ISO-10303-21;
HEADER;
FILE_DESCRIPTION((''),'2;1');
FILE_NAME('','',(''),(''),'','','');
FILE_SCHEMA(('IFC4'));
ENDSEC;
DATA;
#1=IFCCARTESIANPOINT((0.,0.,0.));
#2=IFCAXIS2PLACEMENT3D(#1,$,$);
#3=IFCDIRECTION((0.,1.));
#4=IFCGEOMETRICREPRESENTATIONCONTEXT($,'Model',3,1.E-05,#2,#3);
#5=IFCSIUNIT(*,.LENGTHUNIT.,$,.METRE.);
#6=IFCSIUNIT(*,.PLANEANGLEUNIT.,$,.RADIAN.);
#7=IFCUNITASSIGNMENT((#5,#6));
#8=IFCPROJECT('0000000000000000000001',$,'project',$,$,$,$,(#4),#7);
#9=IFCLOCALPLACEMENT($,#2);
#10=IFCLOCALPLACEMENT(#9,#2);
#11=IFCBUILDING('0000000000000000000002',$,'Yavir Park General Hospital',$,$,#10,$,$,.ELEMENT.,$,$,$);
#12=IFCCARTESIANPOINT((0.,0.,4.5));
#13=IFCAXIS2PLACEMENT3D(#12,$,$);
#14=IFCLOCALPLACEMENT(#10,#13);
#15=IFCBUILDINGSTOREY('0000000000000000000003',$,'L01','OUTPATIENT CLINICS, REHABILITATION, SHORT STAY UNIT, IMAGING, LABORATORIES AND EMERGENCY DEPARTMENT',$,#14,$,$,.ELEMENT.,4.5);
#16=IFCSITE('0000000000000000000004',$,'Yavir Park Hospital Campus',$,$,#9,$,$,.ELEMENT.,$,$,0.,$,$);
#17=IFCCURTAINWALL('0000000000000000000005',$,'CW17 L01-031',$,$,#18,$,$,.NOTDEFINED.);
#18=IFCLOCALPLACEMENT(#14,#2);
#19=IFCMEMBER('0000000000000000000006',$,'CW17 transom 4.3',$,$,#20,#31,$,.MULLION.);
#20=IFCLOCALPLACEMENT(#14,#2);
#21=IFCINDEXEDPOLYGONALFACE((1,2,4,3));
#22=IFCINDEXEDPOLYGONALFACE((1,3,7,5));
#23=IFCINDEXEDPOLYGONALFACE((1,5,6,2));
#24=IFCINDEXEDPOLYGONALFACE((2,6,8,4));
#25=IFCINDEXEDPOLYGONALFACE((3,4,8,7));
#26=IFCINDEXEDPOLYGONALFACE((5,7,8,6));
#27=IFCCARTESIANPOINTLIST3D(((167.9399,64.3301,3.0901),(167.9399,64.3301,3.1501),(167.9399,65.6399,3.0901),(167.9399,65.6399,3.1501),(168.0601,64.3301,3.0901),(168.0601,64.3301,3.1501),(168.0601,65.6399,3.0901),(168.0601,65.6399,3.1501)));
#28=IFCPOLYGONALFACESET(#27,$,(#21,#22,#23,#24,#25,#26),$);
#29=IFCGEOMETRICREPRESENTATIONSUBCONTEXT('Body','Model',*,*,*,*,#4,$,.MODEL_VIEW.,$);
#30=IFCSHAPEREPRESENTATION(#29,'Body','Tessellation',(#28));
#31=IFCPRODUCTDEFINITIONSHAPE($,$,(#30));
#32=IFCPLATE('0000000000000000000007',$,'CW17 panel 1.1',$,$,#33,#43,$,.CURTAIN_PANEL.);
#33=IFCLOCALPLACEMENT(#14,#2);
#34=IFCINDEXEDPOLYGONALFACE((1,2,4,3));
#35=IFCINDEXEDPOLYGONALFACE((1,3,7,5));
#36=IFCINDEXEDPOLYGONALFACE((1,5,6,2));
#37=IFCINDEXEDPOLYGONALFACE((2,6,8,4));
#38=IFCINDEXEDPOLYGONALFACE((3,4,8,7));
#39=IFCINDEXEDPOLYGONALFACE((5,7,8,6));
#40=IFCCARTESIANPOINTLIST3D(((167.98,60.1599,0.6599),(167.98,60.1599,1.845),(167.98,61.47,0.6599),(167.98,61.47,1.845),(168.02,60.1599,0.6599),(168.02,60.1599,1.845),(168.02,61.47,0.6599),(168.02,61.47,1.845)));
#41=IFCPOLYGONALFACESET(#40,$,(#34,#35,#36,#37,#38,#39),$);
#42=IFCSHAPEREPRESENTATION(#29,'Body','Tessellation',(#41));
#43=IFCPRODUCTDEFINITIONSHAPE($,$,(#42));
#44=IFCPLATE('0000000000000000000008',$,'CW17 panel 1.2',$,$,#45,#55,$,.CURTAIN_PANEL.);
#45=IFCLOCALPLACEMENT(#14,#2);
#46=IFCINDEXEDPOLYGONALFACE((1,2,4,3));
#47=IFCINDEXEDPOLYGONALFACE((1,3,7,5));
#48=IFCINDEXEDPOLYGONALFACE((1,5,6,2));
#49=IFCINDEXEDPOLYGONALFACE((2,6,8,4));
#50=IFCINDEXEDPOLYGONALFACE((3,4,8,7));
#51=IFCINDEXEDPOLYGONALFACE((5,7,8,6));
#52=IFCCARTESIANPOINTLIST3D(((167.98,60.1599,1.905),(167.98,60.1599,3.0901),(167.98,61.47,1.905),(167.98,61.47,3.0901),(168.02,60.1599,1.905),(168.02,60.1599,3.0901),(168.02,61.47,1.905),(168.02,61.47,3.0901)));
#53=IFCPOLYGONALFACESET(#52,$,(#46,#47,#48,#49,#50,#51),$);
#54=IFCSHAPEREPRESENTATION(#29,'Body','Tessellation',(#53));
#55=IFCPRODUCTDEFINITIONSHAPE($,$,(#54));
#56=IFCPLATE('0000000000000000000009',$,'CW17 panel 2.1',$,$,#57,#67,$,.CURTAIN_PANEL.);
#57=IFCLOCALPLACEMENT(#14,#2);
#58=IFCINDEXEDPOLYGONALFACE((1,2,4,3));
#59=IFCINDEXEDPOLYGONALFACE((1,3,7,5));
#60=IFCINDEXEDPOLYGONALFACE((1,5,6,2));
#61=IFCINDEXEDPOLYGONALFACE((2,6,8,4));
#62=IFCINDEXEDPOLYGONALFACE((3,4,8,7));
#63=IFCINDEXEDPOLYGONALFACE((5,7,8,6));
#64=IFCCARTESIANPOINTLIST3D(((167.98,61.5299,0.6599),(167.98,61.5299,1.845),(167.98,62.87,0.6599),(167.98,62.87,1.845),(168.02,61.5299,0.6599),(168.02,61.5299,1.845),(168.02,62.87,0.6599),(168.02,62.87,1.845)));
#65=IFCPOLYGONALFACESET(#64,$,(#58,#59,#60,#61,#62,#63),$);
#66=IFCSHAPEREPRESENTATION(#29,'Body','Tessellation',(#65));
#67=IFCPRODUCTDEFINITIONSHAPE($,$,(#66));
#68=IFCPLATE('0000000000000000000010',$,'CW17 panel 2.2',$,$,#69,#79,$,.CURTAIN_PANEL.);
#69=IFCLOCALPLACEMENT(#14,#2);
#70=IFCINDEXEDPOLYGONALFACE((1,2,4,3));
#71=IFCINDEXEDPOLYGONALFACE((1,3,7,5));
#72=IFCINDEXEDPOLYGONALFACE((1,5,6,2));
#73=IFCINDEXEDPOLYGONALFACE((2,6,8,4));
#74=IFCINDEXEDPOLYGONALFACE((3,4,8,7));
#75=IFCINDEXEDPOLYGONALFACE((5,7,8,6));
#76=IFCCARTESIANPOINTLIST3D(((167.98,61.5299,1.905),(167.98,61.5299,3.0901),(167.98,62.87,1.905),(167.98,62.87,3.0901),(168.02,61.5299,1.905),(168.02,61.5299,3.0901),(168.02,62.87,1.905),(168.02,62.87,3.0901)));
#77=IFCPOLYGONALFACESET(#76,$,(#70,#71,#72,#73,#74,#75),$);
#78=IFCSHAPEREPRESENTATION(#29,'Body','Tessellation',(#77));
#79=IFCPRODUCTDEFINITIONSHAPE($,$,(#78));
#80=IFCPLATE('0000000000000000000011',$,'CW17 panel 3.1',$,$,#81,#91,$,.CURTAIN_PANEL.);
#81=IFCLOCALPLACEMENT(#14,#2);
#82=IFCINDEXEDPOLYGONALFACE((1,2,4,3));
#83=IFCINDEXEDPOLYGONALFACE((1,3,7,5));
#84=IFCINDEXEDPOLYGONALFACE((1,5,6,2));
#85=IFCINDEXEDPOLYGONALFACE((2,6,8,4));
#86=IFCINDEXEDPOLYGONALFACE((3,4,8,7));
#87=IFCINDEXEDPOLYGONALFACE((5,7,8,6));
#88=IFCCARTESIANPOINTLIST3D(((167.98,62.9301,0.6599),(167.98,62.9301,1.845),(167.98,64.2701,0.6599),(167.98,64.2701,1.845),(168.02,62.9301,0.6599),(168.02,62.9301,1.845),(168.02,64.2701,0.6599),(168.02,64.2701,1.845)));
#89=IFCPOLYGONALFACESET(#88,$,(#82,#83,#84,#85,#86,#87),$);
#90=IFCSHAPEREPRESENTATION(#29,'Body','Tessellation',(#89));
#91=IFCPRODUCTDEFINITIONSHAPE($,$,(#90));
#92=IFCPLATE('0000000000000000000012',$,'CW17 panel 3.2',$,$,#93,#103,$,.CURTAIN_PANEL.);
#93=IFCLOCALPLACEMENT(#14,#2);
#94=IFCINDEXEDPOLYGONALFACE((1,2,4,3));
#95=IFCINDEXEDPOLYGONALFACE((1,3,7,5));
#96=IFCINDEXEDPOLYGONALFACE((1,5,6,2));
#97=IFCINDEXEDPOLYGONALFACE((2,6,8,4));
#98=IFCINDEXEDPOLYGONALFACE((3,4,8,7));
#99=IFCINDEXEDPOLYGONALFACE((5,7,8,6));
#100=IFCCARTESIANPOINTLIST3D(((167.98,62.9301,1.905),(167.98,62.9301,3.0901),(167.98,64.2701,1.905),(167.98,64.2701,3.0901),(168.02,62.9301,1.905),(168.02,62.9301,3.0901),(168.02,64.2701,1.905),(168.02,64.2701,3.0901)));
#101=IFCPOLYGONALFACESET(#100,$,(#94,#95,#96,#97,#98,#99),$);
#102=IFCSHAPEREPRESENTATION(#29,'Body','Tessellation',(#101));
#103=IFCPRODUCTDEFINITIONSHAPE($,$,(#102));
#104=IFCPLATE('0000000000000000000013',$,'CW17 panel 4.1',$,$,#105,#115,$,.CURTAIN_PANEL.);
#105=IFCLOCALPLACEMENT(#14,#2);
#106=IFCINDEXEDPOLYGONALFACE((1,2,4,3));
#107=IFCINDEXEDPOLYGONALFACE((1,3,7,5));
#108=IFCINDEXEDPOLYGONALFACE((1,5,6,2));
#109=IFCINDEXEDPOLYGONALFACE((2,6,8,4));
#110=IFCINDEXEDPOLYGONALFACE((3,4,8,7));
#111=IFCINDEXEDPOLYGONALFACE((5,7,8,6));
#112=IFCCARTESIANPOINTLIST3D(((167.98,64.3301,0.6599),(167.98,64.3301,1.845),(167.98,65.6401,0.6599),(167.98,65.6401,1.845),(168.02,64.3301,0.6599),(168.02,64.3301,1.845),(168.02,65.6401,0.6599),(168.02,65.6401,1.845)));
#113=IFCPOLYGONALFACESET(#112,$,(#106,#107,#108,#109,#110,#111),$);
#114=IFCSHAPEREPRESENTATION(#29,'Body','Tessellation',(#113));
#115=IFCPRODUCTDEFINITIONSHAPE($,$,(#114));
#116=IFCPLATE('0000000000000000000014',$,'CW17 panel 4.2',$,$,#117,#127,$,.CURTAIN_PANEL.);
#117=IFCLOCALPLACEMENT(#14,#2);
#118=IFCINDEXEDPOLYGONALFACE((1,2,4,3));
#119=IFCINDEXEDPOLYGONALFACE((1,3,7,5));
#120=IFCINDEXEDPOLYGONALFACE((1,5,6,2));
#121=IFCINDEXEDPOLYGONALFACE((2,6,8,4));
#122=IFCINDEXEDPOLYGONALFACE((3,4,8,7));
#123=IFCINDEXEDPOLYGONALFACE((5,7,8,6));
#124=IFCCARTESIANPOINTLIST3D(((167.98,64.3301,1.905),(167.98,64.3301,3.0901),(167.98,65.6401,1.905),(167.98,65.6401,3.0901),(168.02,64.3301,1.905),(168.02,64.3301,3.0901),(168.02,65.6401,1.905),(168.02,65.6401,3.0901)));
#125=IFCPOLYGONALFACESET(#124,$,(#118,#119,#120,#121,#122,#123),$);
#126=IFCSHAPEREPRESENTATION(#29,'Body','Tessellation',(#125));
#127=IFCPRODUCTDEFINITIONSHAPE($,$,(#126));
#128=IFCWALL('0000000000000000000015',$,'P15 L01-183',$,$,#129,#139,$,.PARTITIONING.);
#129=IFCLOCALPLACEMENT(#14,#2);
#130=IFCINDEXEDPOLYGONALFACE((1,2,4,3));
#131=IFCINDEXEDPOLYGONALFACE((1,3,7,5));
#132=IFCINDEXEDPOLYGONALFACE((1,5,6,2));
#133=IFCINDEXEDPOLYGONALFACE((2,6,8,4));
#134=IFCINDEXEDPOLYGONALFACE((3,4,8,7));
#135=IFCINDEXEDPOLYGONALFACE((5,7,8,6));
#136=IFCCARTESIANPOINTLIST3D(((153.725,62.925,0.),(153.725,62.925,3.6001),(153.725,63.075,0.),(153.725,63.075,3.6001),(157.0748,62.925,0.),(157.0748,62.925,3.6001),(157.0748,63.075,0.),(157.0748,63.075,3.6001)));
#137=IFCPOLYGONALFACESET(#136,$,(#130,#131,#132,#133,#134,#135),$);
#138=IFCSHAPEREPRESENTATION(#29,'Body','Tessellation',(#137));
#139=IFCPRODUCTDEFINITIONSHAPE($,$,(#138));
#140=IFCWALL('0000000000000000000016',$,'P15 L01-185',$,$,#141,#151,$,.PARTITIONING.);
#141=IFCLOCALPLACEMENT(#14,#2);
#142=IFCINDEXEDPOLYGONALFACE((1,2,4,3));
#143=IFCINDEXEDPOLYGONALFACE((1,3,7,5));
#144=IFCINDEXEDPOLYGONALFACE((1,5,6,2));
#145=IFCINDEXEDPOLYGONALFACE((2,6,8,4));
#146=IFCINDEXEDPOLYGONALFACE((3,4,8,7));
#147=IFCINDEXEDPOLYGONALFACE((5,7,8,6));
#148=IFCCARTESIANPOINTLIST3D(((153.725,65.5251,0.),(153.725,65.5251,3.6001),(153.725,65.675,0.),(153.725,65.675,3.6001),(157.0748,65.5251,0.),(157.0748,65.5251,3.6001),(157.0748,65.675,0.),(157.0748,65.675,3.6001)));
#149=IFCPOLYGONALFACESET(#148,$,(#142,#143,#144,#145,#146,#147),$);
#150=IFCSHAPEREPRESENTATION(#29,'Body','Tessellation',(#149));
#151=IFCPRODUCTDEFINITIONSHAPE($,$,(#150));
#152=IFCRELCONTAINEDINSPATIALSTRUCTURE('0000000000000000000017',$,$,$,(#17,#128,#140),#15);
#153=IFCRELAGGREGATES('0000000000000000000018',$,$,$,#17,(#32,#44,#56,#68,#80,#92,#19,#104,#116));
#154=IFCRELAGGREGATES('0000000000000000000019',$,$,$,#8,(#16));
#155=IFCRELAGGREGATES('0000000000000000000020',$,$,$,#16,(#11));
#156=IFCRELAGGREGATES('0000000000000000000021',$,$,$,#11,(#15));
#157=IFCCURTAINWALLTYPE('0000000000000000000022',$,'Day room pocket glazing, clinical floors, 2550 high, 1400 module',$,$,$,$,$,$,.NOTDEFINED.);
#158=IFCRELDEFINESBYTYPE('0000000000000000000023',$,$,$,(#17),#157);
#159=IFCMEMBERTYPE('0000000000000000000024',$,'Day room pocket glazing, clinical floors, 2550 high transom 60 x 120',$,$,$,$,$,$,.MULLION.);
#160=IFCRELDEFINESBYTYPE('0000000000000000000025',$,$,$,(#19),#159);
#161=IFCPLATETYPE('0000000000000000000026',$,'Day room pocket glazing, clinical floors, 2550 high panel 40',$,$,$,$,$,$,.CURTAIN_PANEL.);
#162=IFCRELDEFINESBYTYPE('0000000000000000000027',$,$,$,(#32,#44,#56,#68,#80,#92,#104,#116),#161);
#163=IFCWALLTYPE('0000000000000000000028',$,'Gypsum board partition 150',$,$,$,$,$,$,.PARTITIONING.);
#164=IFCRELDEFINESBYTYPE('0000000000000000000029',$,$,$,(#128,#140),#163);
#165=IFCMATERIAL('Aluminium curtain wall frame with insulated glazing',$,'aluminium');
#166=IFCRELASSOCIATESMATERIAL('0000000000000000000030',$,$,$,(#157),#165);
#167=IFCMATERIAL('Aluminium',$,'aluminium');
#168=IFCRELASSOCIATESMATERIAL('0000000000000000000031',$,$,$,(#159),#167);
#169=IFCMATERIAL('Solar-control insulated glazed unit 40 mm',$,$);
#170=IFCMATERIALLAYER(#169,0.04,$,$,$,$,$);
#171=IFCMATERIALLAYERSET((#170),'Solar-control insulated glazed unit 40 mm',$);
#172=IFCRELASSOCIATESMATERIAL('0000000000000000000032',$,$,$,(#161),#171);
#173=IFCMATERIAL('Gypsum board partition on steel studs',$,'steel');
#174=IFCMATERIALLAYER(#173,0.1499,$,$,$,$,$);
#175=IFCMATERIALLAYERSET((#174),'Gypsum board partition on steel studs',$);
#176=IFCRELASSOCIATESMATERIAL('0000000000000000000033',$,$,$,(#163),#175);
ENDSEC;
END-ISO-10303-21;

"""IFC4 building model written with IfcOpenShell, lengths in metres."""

from ifc_helpers import new_model, si_unit, direction, frame, frame_2d, origin, origin_2d, place, context, subcontext, project, spatial, rectangle, extrude, material, layer, layer_set, material_profile, profile_set, type_object, element, aggregate, save


model = new_model("IFC4")

# Units and contexts
model_context = context("Model", 3, precision=1e-05, world=origin(), true_north=direction((0.0, 1.0)))
body_context = subcontext(model_context, "Body", "Model", "MODEL_VIEW")
ifc_project = project(units=[si_unit("LENGTHUNIT", "METRE"), si_unit("PLANEANGLEUNIT", "RADIAN")], contexts=[model_context])

# Site, building, storey
site_placement = place(None, origin())
site = spatial("IfcSite", under=ifc_project, at=site_placement, Name="Yavir Park Hospital Campus", CompositionType="ELEMENT", RefElevation=0.0)
building_placement = place(site_placement, origin())
building = spatial("IfcBuilding", under=site, at=building_placement, Name="Yavir Park General Hospital", CompositionType="ELEMENT")
storey_placement = place(building_placement, frame((0.0, 0.0, 4.5)))
storey = spatial("IfcBuildingStorey", under=building, at=storey_placement, Name="L01", Description="OUTPATIENT CLINICS, REHABILITATION, SHORT STAY UNIT, IMAGING, LABORATORIES AND EMERGENCY DEPARTMENT", CompositionType="ELEMENT", Elevation=4.5)

# Curtain wall, member, plates
ifc_material_1 = material(Name="Aluminium curtain wall frame with insulated glazing", Category="aluminium")
curtain_wall_type = type_object("IfcCurtainWallType", Name="Day room pocket glazing, clinical floors, 2550 high, 1400 module", PredefinedType="NOTDEFINED", material=ifc_material_1)
curtain_wall_placement = place(storey_placement, origin())
curtain_wall = element("IfcCurtainWall", 1, at=curtain_wall_placement, inside=storey, type_object=curtain_wall_type, Name="CW17 L01-031", PredefinedType="NOTDEFINED")
ifc_material_2 = material(Name="Aluminium", Category="aluminium")
ifc_material_profile_1 = material_profile(ifc_material_2, rectangle(XDim=0.1201, YDim=0.0601, at=origin_2d()), Name="AL 120x60")
ifc_profile_set_1 = profile_set([ifc_material_profile_1], Name="Aluminium")
member_type_1 = type_object("IfcMemberType", Name="Day room pocket glazing, clinical floors, 2550 high transom 60 x 120", PredefinedType="MULLION", material=ifc_profile_set_1)
member_1_placement = place(storey_placement, frame((168.0, 64.3301, 3.1201), z_axis=(0.0, 1.0, 0.0), x_axis=(-1.0, 0.0, 0.0)))
member_1 = element("IfcMember", 2, at=member_1_placement, type_object=member_type_1, Name="CW17 transom 4.3", PredefinedType="MULLION", context=body_context, shape_type="SweptSolid", body=[
    extrude(rectangle(XDim=0.1201, YDim=0.0601, at=origin_2d()), origin(), (0.0, 0.0, 1.0), 1.3098),
])
ifc_material_3 = material(Name="Solar-control insulated glazed unit 40 mm")
ifc_layer_1 = layer(ifc_material_3, 0.04)
ifc_layer_set_1 = layer_set([ifc_layer_1], Name="Solar-control insulated glazed unit 40 mm")
plate_type = type_object("IfcPlateType", Name="Day room pocket glazing, clinical floors, 2550 high panel 40", PredefinedType="CURTAIN_PANEL", material=ifc_layer_set_1)
plate_1_placement = place(storey_placement, frame((168.0, 60.8149, 0.6599), z_axis=(0.0, 0.0, 1.0), x_axis=(0.0, 1.0, 0.0)))
plate_1 = element("IfcPlate", 3, at=plate_1_placement, type_object=plate_type, Name="CW17 panel 1.1", PredefinedType="CURTAIN_PANEL", context=body_context, shape_type="SweptSolid", body=[
    extrude(rectangle(XDim=1.3101, YDim=0.04, at=origin_2d()), origin(), (0.0, 0.0, 1.0), 1.1851),
])
plate_2_placement = place(storey_placement, frame((168.0, 60.8149, 1.905), z_axis=(0.0, 0.0, 1.0), x_axis=(0.0, 1.0, 0.0)))
plate_2 = element("IfcPlate", 4, at=plate_2_placement, type_object=plate_type, Name="CW17 panel 1.2", PredefinedType="CURTAIN_PANEL", context=body_context, shape_type="SweptSolid", body=[
    extrude(rectangle(XDim=1.3101, YDim=0.04, at=origin_2d()), origin(), (0.0, 0.0, 1.0), 1.1851),
])
plate_3_placement = place(storey_placement, frame((168.0, 62.2, 0.6599), z_axis=(0.0, 0.0, 1.0), x_axis=(0.0, 1.0, 0.0)))
plate_3 = element("IfcPlate", 5, at=plate_3_placement, type_object=plate_type, Name="CW17 panel 2.1", PredefinedType="CURTAIN_PANEL", context=body_context, shape_type="SweptSolid", body=[
    extrude(rectangle(XDim=1.3401, YDim=0.04, at=origin_2d()), origin(), (0.0, 0.0, 1.0), 1.1851),
])
plate_4_placement = place(storey_placement, frame((168.0, 62.2, 1.905), z_axis=(0.0, 0.0, 1.0), x_axis=(0.0, 1.0, 0.0)))
plate_4 = element("IfcPlate", 6, at=plate_4_placement, type_object=plate_type, Name="CW17 panel 2.2", PredefinedType="CURTAIN_PANEL", context=body_context, shape_type="SweptSolid", body=[
    extrude(rectangle(XDim=1.3401, YDim=0.04, at=origin_2d()), origin(), (0.0, 0.0, 1.0), 1.1851),
])
plate_5_placement = place(storey_placement, frame((168.0, 63.6001, 0.6599), z_axis=(0.0, 0.0, 1.0), x_axis=(0.0, 1.0, 0.0)))
plate_5 = element("IfcPlate", 7, at=plate_5_placement, type_object=plate_type, Name="CW17 panel 3.1", PredefinedType="CURTAIN_PANEL", context=body_context, shape_type="SweptSolid", body=[
    extrude(rectangle(XDim=1.3401, YDim=0.04, at=origin_2d()), origin(), (0.0, 0.0, 1.0), 1.1851),
])
plate_6_placement = place(storey_placement, frame((168.0, 63.6001, 1.905), z_axis=(0.0, 0.0, 1.0), x_axis=(0.0, 1.0, 0.0)))
plate_6 = element("IfcPlate", 8, at=plate_6_placement, type_object=plate_type, Name="CW17 panel 3.2", PredefinedType="CURTAIN_PANEL", context=body_context, shape_type="SweptSolid", body=[
    extrude(rectangle(XDim=1.3401, YDim=0.04, at=origin_2d()), origin(), (0.0, 0.0, 1.0), 1.1851),
])
plate_7_placement = place(storey_placement, frame((168.0, 64.9851, 0.6599), z_axis=(0.0, 0.0, 1.0), x_axis=(0.0, 1.0, 0.0)))
plate_7 = element("IfcPlate", 9, at=plate_7_placement, type_object=plate_type, Name="CW17 panel 4.1", PredefinedType="CURTAIN_PANEL", context=body_context, shape_type="SweptSolid", body=[
    extrude(rectangle(XDim=1.3101, YDim=0.04, at=origin_2d()), origin(), (0.0, 0.0, 1.0), 1.1851),
])
plate_8_placement = place(storey_placement, frame((168.0, 64.9851, 1.905), z_axis=(0.0, 0.0, 1.0), x_axis=(0.0, 1.0, 0.0)))
plate_8 = element("IfcPlate", 10, at=plate_8_placement, type_object=plate_type, Name="CW17 panel 4.2", PredefinedType="CURTAIN_PANEL", context=body_context, shape_type="SweptSolid", body=[
    extrude(rectangle(XDim=1.3101, YDim=0.04, at=origin_2d()), origin(), (0.0, 0.0, 1.0), 1.1851),
])
aggregate(curtain_wall, [plate_1, plate_2, plate_3, plate_4, plate_5, plate_6, member_1, plate_7, plate_8])

# Walls
ifc_material_4 = material(Name="Gypsum board partition on steel studs", Category="steel")
ifc_layer_2 = layer(ifc_material_4, 0.1499)
ifc_layer_set_2 = layer_set([ifc_layer_2], Name="Gypsum board partition on steel studs")
wall_type = type_object("IfcWallType", Name="Gypsum board partition 150", PredefinedType="PARTITIONING", material=ifc_layer_set_2)
for number, where, z_axis, x_axis, name in (
    (11, (153.7251, 63.0, 0.0), (0.0, 0.0, 1.0), (1.0, 0.0, 0.0), "P15 L01-183"),
    (12, (153.7251, 65.6001, 0.0), (0.0, 0.0, 1.0), (1.0, 0.0, 0.0), "P15 L01-185"),
):
    element("IfcWall", number, at=place(storey_placement, frame(where, z_axis=z_axis, x_axis=x_axis)), inside=storey, type_object=wall_type, Name=name, PredefinedType="PARTITIONING", context=body_context, shape_type="SweptSolid", body=[
        extrude(rectangle(XDim=3.3499, YDim=0.1499, at=frame_2d((1.6748, 0.0))), origin(), (0.0, 0.0, 1.0), 3.6001),
    ])

save(model, "model.ifc")
